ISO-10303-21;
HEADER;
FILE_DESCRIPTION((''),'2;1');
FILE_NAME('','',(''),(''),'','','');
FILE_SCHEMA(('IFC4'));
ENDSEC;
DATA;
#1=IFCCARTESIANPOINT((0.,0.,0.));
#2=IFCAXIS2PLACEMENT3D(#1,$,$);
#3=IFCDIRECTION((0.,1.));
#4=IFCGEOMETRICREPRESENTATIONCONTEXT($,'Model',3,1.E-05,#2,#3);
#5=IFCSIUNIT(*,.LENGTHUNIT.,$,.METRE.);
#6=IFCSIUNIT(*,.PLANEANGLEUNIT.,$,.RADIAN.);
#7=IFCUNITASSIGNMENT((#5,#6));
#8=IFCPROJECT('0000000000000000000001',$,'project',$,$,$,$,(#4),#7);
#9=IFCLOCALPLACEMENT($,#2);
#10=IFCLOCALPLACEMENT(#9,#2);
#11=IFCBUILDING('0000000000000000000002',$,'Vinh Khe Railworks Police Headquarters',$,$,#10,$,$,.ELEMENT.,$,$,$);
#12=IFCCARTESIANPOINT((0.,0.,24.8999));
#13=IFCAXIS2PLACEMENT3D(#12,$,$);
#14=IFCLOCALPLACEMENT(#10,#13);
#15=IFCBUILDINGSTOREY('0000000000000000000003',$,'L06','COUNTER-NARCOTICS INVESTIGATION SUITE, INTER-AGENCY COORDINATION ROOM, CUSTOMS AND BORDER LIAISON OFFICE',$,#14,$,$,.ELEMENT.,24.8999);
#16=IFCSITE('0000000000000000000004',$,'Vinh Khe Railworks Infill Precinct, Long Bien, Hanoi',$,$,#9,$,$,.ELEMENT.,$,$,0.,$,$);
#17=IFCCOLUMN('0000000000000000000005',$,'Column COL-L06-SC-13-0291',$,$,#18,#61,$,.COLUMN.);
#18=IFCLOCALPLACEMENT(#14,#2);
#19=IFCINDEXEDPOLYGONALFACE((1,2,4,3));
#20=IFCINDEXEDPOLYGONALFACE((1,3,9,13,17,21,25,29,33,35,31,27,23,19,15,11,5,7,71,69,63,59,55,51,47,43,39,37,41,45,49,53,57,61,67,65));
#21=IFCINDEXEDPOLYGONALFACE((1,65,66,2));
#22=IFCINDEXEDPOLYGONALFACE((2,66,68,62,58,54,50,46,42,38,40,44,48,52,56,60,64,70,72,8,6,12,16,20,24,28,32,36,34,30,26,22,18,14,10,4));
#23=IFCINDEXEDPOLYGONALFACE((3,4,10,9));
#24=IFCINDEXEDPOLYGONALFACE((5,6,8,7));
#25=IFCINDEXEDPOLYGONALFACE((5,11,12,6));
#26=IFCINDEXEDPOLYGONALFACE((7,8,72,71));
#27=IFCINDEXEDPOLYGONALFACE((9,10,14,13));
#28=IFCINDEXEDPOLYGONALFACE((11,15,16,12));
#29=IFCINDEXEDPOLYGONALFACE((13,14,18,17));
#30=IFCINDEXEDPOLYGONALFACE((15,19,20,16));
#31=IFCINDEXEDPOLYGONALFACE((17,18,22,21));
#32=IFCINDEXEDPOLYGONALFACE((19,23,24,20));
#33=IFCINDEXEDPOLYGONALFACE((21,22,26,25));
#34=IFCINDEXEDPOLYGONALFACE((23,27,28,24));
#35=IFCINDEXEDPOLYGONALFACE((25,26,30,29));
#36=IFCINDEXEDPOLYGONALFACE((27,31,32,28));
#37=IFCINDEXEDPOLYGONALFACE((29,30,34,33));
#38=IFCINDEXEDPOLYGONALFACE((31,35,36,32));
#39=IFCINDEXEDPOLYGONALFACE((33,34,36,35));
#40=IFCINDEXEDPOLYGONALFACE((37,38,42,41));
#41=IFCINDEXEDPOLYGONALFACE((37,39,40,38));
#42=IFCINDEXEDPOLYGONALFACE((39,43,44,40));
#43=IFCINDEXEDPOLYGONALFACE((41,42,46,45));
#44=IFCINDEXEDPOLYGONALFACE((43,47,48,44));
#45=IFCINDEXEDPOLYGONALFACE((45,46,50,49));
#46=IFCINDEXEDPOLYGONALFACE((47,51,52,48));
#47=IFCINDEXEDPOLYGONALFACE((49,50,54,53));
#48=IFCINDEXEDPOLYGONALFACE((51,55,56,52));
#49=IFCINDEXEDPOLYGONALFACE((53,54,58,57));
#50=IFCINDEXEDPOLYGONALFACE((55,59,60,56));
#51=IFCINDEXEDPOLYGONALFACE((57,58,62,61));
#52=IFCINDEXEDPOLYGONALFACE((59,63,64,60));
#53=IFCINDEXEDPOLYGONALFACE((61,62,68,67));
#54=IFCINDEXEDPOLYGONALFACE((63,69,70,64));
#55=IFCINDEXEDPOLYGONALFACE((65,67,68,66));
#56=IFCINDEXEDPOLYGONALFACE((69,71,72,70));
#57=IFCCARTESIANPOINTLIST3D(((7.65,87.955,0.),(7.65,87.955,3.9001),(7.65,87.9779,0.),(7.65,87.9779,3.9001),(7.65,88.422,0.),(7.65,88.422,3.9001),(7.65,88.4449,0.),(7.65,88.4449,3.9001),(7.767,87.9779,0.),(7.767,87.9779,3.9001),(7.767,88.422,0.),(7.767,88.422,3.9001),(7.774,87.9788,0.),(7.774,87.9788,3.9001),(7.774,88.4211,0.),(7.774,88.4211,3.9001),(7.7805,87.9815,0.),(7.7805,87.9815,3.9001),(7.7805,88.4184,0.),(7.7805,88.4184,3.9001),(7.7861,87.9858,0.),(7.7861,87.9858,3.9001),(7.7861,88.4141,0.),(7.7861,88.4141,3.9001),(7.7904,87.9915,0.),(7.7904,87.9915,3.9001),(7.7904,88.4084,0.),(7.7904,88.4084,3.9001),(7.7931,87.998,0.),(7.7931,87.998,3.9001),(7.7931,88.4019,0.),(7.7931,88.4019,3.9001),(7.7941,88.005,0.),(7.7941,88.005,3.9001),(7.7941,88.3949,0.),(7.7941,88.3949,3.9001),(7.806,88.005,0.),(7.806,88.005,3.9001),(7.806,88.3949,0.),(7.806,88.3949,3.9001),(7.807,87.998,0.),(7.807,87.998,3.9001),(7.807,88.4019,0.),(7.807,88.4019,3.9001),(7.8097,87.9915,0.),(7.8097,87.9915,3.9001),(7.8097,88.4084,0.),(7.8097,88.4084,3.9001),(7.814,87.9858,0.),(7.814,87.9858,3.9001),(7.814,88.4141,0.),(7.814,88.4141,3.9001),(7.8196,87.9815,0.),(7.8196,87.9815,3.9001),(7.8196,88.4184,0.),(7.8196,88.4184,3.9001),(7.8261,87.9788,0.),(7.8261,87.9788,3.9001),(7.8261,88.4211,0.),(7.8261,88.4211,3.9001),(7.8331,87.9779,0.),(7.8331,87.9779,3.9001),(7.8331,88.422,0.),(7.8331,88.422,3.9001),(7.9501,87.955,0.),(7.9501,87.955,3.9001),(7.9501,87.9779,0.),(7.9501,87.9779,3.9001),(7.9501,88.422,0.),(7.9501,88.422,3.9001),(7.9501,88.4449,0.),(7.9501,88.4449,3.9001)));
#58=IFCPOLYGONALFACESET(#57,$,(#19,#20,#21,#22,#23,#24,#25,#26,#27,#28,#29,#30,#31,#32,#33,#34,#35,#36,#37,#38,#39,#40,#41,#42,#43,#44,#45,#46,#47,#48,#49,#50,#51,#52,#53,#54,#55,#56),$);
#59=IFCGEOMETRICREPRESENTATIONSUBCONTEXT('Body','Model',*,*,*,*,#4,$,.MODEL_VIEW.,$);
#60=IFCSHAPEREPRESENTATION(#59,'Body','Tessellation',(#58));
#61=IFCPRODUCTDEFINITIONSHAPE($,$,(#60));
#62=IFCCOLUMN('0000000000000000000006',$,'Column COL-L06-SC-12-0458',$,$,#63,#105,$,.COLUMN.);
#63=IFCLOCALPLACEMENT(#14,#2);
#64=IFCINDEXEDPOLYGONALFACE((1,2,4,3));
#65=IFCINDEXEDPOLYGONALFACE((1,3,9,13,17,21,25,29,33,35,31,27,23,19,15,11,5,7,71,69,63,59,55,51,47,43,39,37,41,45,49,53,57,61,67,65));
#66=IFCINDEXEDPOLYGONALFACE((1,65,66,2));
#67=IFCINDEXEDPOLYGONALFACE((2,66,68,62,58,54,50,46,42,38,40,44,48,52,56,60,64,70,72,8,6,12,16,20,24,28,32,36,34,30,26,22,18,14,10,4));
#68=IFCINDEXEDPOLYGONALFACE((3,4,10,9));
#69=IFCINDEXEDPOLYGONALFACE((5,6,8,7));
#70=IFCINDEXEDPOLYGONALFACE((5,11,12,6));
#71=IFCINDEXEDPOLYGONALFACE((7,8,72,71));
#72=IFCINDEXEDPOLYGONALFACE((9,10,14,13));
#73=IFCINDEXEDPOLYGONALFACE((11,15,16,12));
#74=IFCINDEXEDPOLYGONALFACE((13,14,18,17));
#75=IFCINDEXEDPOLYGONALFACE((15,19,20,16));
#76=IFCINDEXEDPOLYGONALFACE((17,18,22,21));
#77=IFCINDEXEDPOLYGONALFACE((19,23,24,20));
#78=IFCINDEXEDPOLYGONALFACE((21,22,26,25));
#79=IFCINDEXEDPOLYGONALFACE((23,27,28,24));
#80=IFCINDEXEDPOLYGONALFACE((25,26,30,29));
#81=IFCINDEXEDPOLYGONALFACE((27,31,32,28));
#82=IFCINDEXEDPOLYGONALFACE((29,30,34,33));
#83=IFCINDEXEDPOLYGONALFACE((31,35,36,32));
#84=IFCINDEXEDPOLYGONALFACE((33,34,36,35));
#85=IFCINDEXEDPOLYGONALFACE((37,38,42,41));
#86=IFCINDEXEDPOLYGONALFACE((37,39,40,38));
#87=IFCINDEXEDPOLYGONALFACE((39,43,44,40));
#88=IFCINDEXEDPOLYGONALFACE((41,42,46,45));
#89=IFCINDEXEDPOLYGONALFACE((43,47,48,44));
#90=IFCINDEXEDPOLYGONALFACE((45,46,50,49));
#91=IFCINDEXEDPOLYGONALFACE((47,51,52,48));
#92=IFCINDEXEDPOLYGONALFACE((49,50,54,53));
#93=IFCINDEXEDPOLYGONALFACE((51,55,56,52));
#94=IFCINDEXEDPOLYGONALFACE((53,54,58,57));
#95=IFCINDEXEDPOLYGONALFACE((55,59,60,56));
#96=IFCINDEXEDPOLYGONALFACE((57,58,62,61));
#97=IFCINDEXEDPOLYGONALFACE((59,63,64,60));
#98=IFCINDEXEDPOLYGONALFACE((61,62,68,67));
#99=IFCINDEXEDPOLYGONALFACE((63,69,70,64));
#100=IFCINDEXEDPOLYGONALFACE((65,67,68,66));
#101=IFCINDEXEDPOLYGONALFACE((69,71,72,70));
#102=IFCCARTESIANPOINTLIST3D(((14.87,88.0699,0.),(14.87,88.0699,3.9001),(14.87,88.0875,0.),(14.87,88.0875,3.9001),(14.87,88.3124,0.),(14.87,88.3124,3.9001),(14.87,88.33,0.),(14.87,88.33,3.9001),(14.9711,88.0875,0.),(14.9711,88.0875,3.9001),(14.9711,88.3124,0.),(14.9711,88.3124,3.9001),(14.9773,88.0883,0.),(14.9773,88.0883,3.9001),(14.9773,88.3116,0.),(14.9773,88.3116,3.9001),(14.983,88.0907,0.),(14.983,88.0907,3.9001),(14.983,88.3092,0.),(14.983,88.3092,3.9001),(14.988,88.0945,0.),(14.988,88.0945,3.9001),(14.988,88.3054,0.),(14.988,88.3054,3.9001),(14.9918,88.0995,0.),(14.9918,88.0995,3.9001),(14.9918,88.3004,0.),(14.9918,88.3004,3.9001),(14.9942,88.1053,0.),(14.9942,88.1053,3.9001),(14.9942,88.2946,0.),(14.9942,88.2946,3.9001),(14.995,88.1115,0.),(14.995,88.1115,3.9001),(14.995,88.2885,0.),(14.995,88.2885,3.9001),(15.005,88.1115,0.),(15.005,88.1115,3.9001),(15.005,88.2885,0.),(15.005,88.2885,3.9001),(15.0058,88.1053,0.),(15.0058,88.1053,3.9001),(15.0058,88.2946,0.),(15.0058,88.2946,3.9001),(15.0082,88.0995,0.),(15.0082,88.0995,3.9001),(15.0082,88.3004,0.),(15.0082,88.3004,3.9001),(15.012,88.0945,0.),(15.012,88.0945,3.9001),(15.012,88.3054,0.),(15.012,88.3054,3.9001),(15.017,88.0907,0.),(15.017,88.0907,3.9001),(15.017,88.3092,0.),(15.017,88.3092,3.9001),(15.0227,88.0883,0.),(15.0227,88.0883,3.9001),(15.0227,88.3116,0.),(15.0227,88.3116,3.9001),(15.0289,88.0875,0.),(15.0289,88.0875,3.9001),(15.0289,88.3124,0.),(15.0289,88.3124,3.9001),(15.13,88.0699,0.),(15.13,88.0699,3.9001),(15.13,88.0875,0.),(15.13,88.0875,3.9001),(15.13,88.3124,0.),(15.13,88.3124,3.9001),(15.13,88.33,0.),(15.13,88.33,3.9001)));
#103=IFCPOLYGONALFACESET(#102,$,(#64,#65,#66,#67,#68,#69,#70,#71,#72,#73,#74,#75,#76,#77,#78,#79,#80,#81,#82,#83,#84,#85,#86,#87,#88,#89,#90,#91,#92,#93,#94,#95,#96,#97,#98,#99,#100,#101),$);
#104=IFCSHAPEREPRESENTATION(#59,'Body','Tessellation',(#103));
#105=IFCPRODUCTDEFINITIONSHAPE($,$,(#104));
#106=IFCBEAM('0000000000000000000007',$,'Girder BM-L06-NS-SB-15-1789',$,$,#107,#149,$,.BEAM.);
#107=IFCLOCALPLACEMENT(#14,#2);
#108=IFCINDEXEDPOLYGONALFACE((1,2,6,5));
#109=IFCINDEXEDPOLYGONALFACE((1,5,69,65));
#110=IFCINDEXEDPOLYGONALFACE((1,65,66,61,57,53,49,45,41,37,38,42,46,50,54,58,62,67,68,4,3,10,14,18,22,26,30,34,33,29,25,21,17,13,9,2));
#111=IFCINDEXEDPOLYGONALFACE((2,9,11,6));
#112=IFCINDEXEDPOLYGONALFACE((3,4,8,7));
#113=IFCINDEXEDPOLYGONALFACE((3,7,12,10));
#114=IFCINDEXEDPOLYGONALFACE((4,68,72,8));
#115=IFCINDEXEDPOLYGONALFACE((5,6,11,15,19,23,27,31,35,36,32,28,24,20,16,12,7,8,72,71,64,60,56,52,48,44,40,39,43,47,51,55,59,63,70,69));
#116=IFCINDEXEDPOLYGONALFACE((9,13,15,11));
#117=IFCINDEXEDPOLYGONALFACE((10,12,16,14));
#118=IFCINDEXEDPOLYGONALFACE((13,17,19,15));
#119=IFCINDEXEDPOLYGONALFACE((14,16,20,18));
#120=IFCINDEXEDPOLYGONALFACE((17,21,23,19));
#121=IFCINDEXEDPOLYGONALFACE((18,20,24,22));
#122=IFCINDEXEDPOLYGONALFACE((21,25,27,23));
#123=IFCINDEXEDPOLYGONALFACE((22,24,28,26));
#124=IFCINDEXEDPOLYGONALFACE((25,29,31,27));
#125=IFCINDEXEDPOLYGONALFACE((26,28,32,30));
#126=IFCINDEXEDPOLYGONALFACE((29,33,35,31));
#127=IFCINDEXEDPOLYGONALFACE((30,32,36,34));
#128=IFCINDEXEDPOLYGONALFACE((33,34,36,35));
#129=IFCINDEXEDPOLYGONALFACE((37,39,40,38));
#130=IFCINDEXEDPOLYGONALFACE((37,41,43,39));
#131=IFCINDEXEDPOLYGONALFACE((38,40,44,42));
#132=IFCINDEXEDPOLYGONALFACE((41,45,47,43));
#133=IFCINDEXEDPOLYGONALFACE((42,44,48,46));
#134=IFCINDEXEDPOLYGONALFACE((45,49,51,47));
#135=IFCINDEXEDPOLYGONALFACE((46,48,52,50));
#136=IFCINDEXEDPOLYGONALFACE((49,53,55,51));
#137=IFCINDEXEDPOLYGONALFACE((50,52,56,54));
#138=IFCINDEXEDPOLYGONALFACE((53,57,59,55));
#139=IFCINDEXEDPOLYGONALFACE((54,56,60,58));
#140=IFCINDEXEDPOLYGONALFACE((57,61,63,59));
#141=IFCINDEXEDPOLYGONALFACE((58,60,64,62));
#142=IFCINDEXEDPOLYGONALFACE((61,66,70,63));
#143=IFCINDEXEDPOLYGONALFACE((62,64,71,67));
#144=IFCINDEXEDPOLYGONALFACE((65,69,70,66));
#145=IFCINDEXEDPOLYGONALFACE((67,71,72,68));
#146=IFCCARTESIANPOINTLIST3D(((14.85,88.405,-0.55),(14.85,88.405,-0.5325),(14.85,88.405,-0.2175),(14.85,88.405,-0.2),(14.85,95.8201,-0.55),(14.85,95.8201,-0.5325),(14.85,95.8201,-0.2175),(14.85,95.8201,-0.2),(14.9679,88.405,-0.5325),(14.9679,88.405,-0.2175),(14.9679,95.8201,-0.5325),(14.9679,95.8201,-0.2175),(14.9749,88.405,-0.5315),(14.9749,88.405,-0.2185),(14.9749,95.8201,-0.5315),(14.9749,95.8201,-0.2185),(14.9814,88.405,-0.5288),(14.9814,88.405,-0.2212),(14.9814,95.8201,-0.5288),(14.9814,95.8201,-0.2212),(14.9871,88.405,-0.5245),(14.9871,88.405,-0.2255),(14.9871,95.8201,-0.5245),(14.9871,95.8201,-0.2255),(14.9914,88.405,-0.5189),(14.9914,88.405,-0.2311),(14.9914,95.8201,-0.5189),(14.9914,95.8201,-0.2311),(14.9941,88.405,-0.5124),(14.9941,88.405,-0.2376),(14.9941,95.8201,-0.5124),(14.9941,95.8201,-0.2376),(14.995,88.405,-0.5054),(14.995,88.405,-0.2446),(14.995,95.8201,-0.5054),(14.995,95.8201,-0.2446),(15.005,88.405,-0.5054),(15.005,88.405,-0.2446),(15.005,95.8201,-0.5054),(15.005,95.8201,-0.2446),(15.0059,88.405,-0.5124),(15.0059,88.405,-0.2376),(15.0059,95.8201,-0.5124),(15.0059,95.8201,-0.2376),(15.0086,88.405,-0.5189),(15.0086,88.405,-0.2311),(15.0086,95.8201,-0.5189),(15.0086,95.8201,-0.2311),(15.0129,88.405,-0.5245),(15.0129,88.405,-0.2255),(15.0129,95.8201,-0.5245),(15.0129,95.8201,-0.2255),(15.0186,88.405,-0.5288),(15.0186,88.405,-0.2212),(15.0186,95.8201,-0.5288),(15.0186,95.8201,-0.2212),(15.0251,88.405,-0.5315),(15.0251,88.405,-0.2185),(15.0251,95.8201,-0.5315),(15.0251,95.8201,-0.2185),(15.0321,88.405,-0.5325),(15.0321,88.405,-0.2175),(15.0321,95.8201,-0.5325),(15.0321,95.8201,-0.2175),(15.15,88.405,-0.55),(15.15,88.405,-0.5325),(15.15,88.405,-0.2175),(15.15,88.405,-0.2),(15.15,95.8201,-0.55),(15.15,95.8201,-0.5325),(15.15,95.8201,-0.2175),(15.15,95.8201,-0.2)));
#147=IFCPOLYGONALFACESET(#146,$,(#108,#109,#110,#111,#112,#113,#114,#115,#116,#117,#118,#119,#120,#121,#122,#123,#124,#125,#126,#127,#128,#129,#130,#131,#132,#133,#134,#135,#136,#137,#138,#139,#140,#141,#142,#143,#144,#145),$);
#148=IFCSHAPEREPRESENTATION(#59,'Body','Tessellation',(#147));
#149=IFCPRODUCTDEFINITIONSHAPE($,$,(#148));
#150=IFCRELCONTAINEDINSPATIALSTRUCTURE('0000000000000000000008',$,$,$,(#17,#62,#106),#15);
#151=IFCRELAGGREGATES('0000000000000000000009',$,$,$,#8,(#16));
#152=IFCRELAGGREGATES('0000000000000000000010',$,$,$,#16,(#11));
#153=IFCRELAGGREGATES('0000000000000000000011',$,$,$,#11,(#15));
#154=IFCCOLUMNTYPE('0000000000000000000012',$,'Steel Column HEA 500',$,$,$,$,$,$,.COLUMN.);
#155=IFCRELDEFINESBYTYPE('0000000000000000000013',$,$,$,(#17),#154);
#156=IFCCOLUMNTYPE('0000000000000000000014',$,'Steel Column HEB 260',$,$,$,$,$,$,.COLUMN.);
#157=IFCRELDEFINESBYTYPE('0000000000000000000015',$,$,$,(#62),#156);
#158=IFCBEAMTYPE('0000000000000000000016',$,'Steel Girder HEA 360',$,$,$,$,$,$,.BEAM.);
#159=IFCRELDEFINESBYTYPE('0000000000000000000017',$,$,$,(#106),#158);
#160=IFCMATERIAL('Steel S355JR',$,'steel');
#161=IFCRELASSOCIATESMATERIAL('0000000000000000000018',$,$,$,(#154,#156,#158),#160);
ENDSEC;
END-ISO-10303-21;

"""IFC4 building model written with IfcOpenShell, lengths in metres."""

from ifc_helpers import new_model, si_unit, direction, frame, origin, origin_2d, place, context, subcontext, project, spatial, i_section, extrude, material, material_profile, profile_set, type_object, element, save


model = new_model("IFC4")

# Units and contexts
model_context = context("Model", 3, precision=1e-05, world=origin(), true_north=direction((0.0, 1.0)))
body_context = subcontext(model_context, "Body", "Model", "MODEL_VIEW")
ifc_project = project(units=[si_unit("LENGTHUNIT", "METRE"), si_unit("PLANEANGLEUNIT", "RADIAN")], contexts=[model_context])

# Site, building, storey
site_placement = place(None, origin())
site = spatial("IfcSite", under=ifc_project, at=site_placement, Name="Vinh Khe Railworks Infill Precinct, Long Bien, Hanoi", CompositionType="ELEMENT", RefElevation=0.0)
building_placement = place(site_placement, origin())
building = spatial("IfcBuilding", under=site, at=building_placement, Name="Vinh Khe Railworks Police Headquarters", CompositionType="ELEMENT")
storey_placement = place(building_placement, frame((0.0, 0.0, 24.8999)))
storey = spatial("IfcBuildingStorey", under=building, at=storey_placement, Name="L06", Description="COUNTER-NARCOTICS INVESTIGATION SUITE, INTER-AGENCY COORDINATION ROOM, CUSTOMS AND BORDER LIAISON OFFICE", CompositionType="ELEMENT", Elevation=24.8999)

# Columns
ifc_material_1 = material(Name="Steel S355JR", Category="steel")
ifc_material_profile_1 = material_profile(ifc_material_1, i_section(OverallWidth=0.3, OverallDepth=0.49, WebThickness=0.012, FlangeThickness=0.0229, FilletRadius=0.0271, at=origin_2d()), Name="HEA 500")
ifc_profile_set_1 = profile_set([ifc_material_profile_1], Name="Steel S355JR")
column_type_1 = type_object("IfcColumnType", Name="Steel Column HEA 500", PredefinedType="COLUMN", material=ifc_profile_set_1)
column_1_placement = place(storey_placement, frame((7.8, 88.2, 0.0), z_axis=(0.0, 0.0, 1.0), x_axis=(1.0, 0.0, 0.0)))
element("IfcColumn", 1, at=column_1_placement, inside=storey, type_object=column_type_1, Name="Column COL-L06-SC-13-0291", PredefinedType="COLUMN", context=body_context, shape_type="SweptSolid", body=[
    extrude(i_section(OverallWidth=0.3, OverallDepth=0.49, WebThickness=0.012, FlangeThickness=0.0229, FilletRadius=0.0271, at=origin_2d()), origin(), (0.0, 0.0, 1.0), 3.9001),
])
ifc_material_profile_2 = material_profile(ifc_material_1, i_section(OverallWidth=0.26, OverallDepth=0.26, WebThickness=0.01, FlangeThickness=0.0176, FilletRadius=0.0239, at=origin_2d()), Name="HEB 260")
ifc_profile_set_2 = profile_set([ifc_material_profile_2], Name="Steel S355JR")
column_type_2 = type_object("IfcColumnType", Name="Steel Column HEB 260", PredefinedType="COLUMN", material=ifc_profile_set_2)
column_2_placement = place(storey_placement, frame((15.0, 88.2, 0.0), z_axis=(0.0, 0.0, 1.0), x_axis=(1.0, 0.0, 0.0)))
element("IfcColumn", 2, at=column_2_placement, inside=storey, type_object=column_type_2, Name="Column COL-L06-SC-12-0458", PredefinedType="COLUMN", context=body_context, shape_type="SweptSolid", body=[
    extrude(i_section(OverallWidth=0.26, OverallDepth=0.26, WebThickness=0.01, FlangeThickness=0.0176, FilletRadius=0.0239, at=origin_2d()), origin(), (0.0, 0.0, 1.0), 3.9001),
])

# Beam
ifc_material_profile_3 = material_profile(ifc_material_1, i_section(OverallWidth=0.3, OverallDepth=0.3501, WebThickness=0.01, FlangeThickness=0.0176, FilletRadius=0.0271, at=origin_2d()), Name="HEA 360")
ifc_profile_set_3 = profile_set([ifc_material_profile_3], Name="Steel S355JR")
beam_type_1 = type_object("IfcBeamType", Name="Steel Girder HEA 360", PredefinedType="BEAM", material=ifc_profile_set_3)
beam_1_placement = place(storey_placement, frame((15.0, 88.405, -0.375), z_axis=(0.0, 1.0, 0.0), x_axis=(-1.0, 0.0, 0.0)))
element("IfcBeam", 3, at=beam_1_placement, inside=storey, type_object=beam_type_1, Name="Girder BM-L06-NS-SB-15-1789", PredefinedType="BEAM", context=body_context, shape_type="SweptSolid", body=[
    extrude(i_section(OverallWidth=0.3, OverallDepth=0.3501, WebThickness=0.01, FlangeThickness=0.0176, FilletRadius=0.0271, at=origin_2d()), origin(), (0.0, 0.0, 1.0), 7.415),
])

save(model, "model.ifc")
